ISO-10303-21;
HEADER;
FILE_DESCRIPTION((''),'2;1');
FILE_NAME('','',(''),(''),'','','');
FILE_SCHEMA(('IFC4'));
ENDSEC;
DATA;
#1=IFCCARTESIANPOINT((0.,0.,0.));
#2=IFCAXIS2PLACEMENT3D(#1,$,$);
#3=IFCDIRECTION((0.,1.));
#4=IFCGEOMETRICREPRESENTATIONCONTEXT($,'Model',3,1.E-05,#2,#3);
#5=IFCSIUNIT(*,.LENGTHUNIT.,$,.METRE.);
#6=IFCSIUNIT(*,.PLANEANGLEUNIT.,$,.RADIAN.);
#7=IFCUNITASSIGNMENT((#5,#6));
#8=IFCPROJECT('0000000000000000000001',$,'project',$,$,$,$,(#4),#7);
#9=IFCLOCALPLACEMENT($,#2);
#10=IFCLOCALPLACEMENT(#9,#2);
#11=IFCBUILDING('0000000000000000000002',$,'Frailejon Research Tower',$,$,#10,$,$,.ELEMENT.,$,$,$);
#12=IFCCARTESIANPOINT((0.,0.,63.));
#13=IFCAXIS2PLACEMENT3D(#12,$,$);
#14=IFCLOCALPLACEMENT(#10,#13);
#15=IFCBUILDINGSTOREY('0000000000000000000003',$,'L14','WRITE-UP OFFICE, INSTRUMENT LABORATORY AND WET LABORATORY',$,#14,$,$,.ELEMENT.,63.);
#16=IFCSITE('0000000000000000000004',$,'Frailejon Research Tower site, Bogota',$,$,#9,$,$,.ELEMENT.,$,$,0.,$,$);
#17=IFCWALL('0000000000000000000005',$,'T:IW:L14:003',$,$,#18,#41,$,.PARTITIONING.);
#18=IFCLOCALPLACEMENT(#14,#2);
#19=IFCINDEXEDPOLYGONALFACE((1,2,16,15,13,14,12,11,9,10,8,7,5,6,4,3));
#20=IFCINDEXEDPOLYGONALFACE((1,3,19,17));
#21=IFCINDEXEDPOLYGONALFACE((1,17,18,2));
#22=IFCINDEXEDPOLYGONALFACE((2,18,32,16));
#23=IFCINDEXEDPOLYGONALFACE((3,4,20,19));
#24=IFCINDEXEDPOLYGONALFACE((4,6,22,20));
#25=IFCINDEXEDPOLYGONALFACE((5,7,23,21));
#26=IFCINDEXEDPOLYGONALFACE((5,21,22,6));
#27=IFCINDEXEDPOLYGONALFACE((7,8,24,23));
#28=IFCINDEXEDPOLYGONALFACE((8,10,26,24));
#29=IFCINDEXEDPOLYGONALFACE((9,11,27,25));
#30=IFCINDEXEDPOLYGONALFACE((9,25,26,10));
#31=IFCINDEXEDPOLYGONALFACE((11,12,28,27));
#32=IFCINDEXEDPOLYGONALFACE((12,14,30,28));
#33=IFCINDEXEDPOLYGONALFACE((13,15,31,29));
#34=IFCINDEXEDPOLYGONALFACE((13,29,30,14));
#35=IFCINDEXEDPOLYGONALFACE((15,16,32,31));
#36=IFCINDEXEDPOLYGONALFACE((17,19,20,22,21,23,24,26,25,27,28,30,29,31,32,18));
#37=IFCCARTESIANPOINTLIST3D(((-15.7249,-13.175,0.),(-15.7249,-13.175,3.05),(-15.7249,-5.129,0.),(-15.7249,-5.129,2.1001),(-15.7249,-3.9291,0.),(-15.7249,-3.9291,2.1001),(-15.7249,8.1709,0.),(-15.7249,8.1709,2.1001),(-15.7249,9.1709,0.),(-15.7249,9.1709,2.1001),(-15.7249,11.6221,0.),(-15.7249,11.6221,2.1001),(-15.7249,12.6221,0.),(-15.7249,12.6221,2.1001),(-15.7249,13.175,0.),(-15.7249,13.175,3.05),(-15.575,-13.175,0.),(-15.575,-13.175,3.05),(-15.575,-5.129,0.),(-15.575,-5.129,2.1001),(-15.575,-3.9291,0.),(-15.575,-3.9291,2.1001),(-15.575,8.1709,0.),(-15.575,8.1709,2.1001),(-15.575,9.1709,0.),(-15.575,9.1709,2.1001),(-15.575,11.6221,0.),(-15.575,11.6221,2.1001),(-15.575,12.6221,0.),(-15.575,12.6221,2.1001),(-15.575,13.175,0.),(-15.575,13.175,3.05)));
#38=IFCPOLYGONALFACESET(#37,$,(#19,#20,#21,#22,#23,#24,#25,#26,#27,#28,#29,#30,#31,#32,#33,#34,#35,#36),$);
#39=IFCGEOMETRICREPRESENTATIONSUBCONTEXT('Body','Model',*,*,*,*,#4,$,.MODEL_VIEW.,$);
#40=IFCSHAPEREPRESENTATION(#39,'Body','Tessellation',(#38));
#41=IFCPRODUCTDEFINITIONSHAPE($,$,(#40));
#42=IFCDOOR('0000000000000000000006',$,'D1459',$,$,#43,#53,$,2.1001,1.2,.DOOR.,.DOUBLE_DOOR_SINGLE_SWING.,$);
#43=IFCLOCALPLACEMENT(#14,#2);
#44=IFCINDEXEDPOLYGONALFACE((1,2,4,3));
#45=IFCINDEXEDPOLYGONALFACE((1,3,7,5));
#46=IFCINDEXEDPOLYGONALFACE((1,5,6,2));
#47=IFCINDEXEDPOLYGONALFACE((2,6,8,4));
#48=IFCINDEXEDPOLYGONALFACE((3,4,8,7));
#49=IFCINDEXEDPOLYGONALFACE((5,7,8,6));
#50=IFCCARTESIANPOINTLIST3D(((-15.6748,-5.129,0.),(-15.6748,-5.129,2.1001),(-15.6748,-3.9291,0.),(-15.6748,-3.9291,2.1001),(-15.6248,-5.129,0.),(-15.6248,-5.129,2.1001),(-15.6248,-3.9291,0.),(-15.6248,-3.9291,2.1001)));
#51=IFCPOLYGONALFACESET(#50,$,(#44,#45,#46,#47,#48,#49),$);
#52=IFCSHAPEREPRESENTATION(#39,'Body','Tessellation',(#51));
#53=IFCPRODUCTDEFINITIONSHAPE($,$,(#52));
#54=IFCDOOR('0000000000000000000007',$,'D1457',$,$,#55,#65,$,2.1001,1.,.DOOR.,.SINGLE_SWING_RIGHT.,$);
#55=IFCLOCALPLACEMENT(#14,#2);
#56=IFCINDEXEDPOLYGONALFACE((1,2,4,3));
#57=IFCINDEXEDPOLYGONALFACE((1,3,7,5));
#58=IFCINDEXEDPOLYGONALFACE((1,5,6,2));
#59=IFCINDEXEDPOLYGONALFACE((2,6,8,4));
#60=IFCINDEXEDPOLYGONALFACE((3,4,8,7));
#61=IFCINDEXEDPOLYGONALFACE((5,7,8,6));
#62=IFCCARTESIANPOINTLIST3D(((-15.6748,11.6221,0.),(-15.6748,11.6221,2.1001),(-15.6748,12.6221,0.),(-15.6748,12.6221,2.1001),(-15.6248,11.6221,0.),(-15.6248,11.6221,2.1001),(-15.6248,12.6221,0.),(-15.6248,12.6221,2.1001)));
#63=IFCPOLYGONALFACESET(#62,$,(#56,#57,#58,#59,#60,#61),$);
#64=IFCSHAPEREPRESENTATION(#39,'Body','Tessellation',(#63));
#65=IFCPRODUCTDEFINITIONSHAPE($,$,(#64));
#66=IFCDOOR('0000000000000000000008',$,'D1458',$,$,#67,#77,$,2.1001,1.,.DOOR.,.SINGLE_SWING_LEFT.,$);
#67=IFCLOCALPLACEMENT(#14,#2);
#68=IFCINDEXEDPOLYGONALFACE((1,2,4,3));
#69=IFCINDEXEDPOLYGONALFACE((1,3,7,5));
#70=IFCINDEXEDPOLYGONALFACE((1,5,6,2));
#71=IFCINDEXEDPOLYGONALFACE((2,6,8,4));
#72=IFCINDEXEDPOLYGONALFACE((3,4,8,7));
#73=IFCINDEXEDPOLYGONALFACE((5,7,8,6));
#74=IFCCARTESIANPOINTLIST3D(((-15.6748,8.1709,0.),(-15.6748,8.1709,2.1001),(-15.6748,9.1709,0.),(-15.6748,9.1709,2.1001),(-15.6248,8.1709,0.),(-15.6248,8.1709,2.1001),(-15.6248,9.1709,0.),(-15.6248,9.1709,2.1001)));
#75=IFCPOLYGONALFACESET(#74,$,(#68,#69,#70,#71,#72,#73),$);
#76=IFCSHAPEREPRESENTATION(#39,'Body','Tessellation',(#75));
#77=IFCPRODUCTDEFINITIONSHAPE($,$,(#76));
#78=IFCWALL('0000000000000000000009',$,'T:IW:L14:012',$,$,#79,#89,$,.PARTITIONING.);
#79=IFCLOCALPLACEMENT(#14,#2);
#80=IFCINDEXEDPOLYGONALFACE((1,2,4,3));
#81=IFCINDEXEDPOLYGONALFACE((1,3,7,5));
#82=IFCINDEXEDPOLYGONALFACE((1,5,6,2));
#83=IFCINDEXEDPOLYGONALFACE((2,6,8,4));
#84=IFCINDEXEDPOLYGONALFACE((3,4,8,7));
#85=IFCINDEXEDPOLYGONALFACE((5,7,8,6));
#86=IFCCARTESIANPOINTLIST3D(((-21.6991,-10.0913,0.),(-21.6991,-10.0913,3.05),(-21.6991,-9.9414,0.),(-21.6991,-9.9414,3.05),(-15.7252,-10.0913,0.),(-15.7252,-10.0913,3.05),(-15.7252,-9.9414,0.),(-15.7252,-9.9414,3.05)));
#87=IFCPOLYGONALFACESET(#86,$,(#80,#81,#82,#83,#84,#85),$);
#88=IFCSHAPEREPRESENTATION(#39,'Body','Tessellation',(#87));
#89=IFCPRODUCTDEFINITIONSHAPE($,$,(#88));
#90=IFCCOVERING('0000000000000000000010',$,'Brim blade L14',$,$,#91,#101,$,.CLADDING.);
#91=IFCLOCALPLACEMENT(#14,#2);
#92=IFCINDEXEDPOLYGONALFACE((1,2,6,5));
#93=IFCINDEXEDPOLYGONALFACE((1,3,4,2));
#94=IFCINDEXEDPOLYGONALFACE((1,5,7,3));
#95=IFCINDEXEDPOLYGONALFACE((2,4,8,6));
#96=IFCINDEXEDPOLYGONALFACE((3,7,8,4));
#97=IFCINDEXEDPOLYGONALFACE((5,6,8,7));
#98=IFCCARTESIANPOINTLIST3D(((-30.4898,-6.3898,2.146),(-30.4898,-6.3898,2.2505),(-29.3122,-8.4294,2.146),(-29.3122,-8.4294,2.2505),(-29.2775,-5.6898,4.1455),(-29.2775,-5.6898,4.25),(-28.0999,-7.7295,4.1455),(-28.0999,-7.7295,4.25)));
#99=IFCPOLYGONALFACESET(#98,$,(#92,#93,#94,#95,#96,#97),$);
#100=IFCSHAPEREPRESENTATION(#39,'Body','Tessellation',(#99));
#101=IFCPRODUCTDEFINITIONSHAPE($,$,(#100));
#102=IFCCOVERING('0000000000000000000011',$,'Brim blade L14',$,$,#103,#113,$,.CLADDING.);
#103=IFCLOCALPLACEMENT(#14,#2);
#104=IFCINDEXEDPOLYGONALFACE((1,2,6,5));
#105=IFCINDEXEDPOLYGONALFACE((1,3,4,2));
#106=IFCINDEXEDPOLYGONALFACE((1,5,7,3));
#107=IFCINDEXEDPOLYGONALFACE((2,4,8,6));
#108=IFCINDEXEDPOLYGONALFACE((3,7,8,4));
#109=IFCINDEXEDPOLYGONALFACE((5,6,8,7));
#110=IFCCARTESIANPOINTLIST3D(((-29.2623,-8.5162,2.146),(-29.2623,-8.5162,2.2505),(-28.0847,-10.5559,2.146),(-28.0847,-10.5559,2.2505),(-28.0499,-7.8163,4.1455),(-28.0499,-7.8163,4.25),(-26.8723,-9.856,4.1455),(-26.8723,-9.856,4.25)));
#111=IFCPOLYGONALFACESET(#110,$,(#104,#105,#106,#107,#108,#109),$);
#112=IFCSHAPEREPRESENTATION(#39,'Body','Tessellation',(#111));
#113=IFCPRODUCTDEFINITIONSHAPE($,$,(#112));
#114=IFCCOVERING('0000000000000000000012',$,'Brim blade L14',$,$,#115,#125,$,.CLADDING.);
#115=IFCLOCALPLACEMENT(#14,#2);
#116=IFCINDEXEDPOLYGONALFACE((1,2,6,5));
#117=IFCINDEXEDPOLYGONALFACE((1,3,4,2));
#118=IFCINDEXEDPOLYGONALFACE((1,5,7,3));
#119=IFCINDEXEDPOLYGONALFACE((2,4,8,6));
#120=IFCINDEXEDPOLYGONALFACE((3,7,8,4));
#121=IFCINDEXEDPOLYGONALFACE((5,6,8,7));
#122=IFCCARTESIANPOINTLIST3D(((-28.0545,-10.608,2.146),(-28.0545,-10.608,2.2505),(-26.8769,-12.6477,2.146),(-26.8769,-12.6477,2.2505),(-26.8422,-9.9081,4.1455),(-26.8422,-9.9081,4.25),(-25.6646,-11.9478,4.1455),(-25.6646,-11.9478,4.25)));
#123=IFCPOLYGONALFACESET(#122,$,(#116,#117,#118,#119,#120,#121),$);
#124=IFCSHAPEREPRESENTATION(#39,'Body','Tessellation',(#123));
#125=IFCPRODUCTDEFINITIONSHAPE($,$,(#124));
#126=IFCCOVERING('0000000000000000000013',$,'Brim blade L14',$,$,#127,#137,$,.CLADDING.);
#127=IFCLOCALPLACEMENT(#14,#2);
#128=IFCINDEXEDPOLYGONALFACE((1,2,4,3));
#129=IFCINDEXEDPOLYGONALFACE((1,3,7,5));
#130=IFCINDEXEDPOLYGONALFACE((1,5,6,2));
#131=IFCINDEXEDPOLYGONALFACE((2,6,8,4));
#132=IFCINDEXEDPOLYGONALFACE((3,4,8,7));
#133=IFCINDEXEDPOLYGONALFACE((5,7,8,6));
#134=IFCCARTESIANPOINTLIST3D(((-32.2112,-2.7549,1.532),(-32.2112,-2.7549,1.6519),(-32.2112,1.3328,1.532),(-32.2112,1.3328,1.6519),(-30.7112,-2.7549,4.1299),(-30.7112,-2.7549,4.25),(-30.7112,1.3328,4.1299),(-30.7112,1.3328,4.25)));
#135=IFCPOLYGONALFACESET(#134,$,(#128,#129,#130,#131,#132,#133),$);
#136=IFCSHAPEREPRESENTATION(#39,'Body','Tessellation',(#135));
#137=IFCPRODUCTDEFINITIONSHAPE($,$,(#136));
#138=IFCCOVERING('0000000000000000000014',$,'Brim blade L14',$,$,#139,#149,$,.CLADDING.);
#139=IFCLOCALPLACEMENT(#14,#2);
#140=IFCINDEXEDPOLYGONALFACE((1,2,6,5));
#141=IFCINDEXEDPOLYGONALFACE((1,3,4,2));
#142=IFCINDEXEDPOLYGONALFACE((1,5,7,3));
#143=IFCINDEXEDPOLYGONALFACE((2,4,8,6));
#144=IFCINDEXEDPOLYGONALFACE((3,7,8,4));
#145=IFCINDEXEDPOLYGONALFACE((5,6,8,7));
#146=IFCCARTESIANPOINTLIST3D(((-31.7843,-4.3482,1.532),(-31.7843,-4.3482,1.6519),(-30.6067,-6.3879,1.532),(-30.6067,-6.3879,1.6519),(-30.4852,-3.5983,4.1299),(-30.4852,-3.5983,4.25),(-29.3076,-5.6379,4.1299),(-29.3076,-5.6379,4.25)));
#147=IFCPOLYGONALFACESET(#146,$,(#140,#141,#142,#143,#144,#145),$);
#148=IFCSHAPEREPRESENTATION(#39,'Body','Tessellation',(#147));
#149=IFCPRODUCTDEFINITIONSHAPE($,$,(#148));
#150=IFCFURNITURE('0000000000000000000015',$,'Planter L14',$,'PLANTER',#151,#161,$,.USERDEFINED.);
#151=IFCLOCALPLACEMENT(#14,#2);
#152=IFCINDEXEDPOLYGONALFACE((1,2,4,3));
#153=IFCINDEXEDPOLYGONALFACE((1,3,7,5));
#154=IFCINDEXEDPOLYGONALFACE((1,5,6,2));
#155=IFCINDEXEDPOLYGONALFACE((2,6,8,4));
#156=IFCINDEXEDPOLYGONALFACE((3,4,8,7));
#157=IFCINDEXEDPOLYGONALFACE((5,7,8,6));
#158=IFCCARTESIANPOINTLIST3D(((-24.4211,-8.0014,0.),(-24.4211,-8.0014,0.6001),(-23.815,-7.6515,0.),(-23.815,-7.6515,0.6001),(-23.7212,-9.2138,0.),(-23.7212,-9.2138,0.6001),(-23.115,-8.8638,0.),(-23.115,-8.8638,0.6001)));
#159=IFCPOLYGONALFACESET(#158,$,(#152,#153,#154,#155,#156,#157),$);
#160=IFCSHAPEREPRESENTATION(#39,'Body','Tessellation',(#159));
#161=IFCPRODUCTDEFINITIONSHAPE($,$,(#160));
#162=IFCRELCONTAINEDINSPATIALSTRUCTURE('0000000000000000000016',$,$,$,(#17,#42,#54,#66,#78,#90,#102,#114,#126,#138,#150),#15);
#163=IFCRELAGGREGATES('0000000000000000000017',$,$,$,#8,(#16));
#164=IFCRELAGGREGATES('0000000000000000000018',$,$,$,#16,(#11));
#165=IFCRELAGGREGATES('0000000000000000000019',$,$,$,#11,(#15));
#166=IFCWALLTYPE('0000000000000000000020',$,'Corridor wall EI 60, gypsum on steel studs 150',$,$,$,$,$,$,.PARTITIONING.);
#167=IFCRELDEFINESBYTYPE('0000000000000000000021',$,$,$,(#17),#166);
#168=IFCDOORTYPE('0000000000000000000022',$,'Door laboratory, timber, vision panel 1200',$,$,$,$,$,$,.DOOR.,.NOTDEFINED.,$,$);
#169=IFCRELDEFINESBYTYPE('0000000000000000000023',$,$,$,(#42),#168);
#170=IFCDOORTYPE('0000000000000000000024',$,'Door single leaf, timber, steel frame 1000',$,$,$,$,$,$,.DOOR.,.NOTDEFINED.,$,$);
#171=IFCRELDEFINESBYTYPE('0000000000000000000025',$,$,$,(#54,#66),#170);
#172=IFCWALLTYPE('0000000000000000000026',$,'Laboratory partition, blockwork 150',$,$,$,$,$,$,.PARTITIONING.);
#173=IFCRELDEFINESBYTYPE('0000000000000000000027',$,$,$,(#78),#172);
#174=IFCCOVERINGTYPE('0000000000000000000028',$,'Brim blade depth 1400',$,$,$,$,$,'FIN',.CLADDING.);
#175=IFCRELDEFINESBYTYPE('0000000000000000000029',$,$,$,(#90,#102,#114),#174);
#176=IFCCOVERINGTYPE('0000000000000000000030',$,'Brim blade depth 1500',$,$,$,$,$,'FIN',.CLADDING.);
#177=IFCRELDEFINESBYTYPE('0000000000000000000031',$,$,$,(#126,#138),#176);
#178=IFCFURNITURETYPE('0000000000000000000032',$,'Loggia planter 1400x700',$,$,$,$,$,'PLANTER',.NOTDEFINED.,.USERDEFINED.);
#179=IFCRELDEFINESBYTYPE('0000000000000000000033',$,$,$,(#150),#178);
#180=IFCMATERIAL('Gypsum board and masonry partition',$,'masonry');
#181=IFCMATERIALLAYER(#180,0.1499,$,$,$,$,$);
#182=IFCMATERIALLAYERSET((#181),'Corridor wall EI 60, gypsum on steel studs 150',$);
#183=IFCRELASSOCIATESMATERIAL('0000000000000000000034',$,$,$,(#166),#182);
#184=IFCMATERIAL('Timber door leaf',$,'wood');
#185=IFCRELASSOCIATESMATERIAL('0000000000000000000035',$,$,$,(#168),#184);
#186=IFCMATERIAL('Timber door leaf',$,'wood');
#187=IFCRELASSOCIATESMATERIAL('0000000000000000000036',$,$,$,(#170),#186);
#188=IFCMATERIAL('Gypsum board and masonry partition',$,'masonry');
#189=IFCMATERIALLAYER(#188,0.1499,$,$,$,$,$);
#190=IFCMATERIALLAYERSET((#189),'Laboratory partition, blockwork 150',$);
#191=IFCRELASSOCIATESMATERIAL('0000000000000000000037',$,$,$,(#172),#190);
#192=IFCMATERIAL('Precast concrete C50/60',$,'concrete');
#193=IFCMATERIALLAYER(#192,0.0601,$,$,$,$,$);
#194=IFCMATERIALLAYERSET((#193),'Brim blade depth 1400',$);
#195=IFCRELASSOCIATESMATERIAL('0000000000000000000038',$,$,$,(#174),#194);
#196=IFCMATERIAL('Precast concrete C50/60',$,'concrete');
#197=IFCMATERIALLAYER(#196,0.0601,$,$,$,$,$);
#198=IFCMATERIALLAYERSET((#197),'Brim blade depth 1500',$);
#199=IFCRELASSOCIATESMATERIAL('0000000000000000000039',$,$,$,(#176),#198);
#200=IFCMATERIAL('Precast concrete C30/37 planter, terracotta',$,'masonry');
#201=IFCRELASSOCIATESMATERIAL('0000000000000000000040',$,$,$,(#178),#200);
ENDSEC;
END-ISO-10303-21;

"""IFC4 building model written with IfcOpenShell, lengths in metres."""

from ifc_helpers import new_model, si_unit, direction, frame, frame_2d, origin, origin_2d, place, context, subcontext, project, spatial, polyline, rectangle, outline, extrude, material, layer, layer_set, type_object, element, fill, save


model = new_model("IFC4")

# Units and contexts
model_context = context("Model", 3, precision=1e-05, world=origin(), true_north=direction((0.0, 1.0)))
body_context = subcontext(model_context, "Body", "Model", "MODEL_VIEW")
ifc_project = project(units=[si_unit("LENGTHUNIT", "METRE"), si_unit("PLANEANGLEUNIT", "RADIAN")], contexts=[model_context])

# Site, building, storey
site_placement = place(None, origin())
site = spatial("IfcSite", under=ifc_project, at=site_placement, Name="Frailejon Research Tower site, Bogota", CompositionType="ELEMENT", RefElevation=0.0)
building_placement = place(site_placement, origin())
building = spatial("IfcBuilding", under=site, at=building_placement, Name="Frailejon Research Tower", CompositionType="ELEMENT")
storey_placement = place(building_placement, frame((0.0, 0.0, 63.0)))
storey = spatial("IfcBuildingStorey", under=building, at=storey_placement, Name="L14", Description="WRITE-UP OFFICE, INSTRUMENT LABORATORY AND WET LABORATORY", CompositionType="ELEMENT", Elevation=63.0)

# Wall, openings, doors
ifc_material_1 = material(Name="Gypsum board and masonry partition", Category="masonry")
ifc_layer_1 = layer(ifc_material_1, 0.1499)
ifc_layer_set_1 = layer_set([ifc_layer_1], Name="Corridor wall EI 60, gypsum on steel studs 150")
wall_type_1 = type_object("IfcWallType", Name="Corridor wall EI 60, gypsum on steel studs 150", PredefinedType="PARTITIONING", material=ifc_layer_set_1)
wall_1_placement = place(storey_placement, frame((-15.6499, -13.175, 0.0), z_axis=(0.0, 0.0, 1.0), x_axis=(0.0, 1.0, 0.0)))
wall_1 = element("IfcWall", 1, at=wall_1_placement, inside=storey, type_object=wall_type_1, Name="T:IW:L14:003", PredefinedType="PARTITIONING", context=body_context, shape_type="SweptSolid", body=[
    extrude(rectangle(XDim=26.3501, YDim=0.1499, at=frame_2d((13.175, 0.0))), origin(), (0.0, 0.0, 1.0), 3.05),
])
opening_1_placement = place(wall_1_placement, frame((24.7971, 0.0, 0.0)))
opening_1 = element("IfcOpeningElement", 2, at=opening_1_placement, cuts=wall_1, PredefinedType="OPENING", context=body_context, shape_type="SweptSolid", body=[
    extrude(rectangle(XDim=1.0, YDim=2.1001, at=frame_2d((0.5, 1.05))), frame((0.0, 0.085, 0.0), z_axis=(0.0, -1.0, 0.0), x_axis=(1.0, 0.0, 0.0)), (0.0, 0.0, 1.0), 0.1699),
])
opening_2_placement = place(wall_1_placement, frame((21.3459, 0.0, 0.0)))
opening_2 = element("IfcOpeningElement", 3, at=opening_2_placement, cuts=wall_1, PredefinedType="OPENING", context=body_context, shape_type="SweptSolid", body=[
    extrude(rectangle(XDim=1.0, YDim=2.1001, at=frame_2d((0.5, 1.05))), frame((0.0, 0.085, 0.0), z_axis=(0.0, -1.0, 0.0), x_axis=(1.0, 0.0, 0.0)), (0.0, 0.0, 1.0), 0.1699),
])
opening_3_placement = place(wall_1_placement, frame((8.0459, 0.0, 0.0)))
opening_3 = element("IfcOpeningElement", 4, at=opening_3_placement, cuts=wall_1, PredefinedType="OPENING", context=body_context, shape_type="SweptSolid", body=[
    extrude(rectangle(XDim=1.2, YDim=2.1001, at=frame_2d((0.6001, 1.05))), frame((0.0, 0.085, 0.0), z_axis=(0.0, -1.0, 0.0), x_axis=(1.0, 0.0, 0.0)), (0.0, 0.0, 1.0), 0.1699),
])
ifc_material_2 = material(Name="Timber door leaf", Category="wood")
door_type_1 = type_object("IfcDoorType", Name="Door laboratory, timber, vision panel 1200", OperationType="NOTDEFINED", PredefinedType="DOOR", material=ifc_material_2)
door_1_placement = place(opening_3_placement, origin())
door_1 = element("IfcDoor", 5, at=door_1_placement, inside=storey, type_object=door_type_1, Name="D1459", OperationType="DOUBLE_DOOR_SINGLE_SWING", OverallHeight=2.1001, OverallWidth=1.2, PredefinedType="DOOR", context=body_context, shape_type="SweptSolid", body=[
    extrude(rectangle(XDim=1.2, YDim=2.1001, at=frame_2d((0.6001, 1.05))), frame((0.0, 0.0249, 0.0), z_axis=(0.0, -1.0, 0.0), x_axis=(1.0, 0.0, 0.0)), (0.0, 0.0, 1.0), 0.05),
])
fill(opening_3, door_1)
ifc_material_3 = material(Name="Timber door leaf", Category="wood")
door_type_2 = type_object("IfcDoorType", Name="Door single leaf, timber, steel frame 1000", OperationType="NOTDEFINED", PredefinedType="DOOR", material=ifc_material_3)
door_2_placement = place(opening_1_placement, origin())
door_2 = element("IfcDoor", 6, at=door_2_placement, inside=storey, type_object=door_type_2, Name="D1457", OperationType="SINGLE_SWING_RIGHT", OverallHeight=2.1001, OverallWidth=1.0, PredefinedType="DOOR", context=body_context, shape_type="SweptSolid", body=[
    extrude(rectangle(XDim=1.0, YDim=2.1001, at=frame_2d((0.5, 1.05))), frame((0.0, 0.0249, 0.0), z_axis=(0.0, -1.0, 0.0), x_axis=(1.0, 0.0, 0.0)), (0.0, 0.0, 1.0), 0.05),
])
fill(opening_1, door_2)
door_3_placement = place(opening_2_placement, origin())
door_3 = element("IfcDoor", 7, at=door_3_placement, inside=storey, type_object=door_type_2, Name="D1458", OperationType="SINGLE_SWING_LEFT", OverallHeight=2.1001, OverallWidth=1.0, PredefinedType="DOOR", context=body_context, shape_type="SweptSolid", body=[
    extrude(rectangle(XDim=1.0, YDim=2.1001, at=frame_2d((0.5, 1.05))), frame((0.0, 0.0249, 0.0), z_axis=(0.0, -1.0, 0.0), x_axis=(1.0, 0.0, 0.0)), (0.0, 0.0, 1.0), 0.05),
])
fill(opening_2, door_3)

# Wall
ifc_material_4 = material(Name="Gypsum board and masonry partition", Category="masonry")
ifc_layer_2 = layer(ifc_material_4, 0.1499)
ifc_layer_set_2 = layer_set([ifc_layer_2], Name="Laboratory partition, blockwork 150")
wall_type_2 = type_object("IfcWallType", Name="Laboratory partition, blockwork 150", PredefinedType="PARTITIONING", material=ifc_layer_set_2)
wall_2_placement = place(storey_placement, frame((-21.699, -10.0164, 0.0), z_axis=(0.0, 0.0, 1.0), x_axis=(1.0, 0.0, 0.0)))
element("IfcWall", 8, at=wall_2_placement, inside=storey, type_object=wall_type_2, Name="T:IW:L14:012", PredefinedType="PARTITIONING", context=body_context, shape_type="SweptSolid", body=[
    extrude(rectangle(XDim=5.9739, YDim=0.1499, at=frame_2d((2.9868, 0.0))), origin(), (0.0, 0.0, 1.0), 3.05),
])

# Coverings
ifc_material_5 = material(Name="Precast concrete C50/60", Category="concrete")
ifc_layer_3 = layer(ifc_material_5, 0.0601)
ifc_layer_set_3 = layer_set([ifc_layer_3], Name="Brim blade depth 1400")
covering_type_1 = type_object("IfcCoveringType", Name="Brim blade depth 1400", ElementType="FIN", PredefinedType="CLADDING", material=ifc_layer_set_3)
for number, where, z_axis, x_axis, name in (
    (9, (-28.0999, -7.7295, 4.25), (-0.499997, 0.866027, 0.0), (-0.866027, -0.499997, 0.0), "Brim blade L14"),
    (10, (-26.8723, -9.856, 4.25), (-0.499997, 0.866027, 0.0), (-0.866027, -0.499997, 0.0), "Brim blade L14"),
    (11, (-25.6646, -11.9478, 4.25), (-0.499997, 0.866027, 0.0), (-0.866027, -0.499997, 0.0), "Brim blade L14"),
):
    element("IfcCovering", number, at=place(storey_placement, frame(where, z_axis=z_axis, x_axis=x_axis)), inside=storey, type_object=covering_type_1, Name=name, PredefinedType="CLADDING", context=body_context, shape_type="SweptSolid", body=[
        extrude(outline(polyline([(0.0, -0.1045), (1.3999, -2.104), (1.3999, -1.9995), (0.0, 0.0), (0.0, -0.1045)])), origin(), (0.0, 0.0, 1.0), 2.3552),
    ])
ifc_material_6 = material(Name="Precast concrete C50/60", Category="concrete")
ifc_layer_4 = layer(ifc_material_6, 0.0601)
ifc_layer_set_4 = layer_set([ifc_layer_4], Name="Brim blade depth 1500")
covering_type_2 = type_object("IfcCoveringType", Name="Brim blade depth 1500", ElementType="FIN", PredefinedType="CLADDING", material=ifc_layer_set_4)
covering_1_placement = place(storey_placement, frame((-30.7112, -2.7549, 4.25), z_axis=(0.0, 1.0, 0.0), x_axis=(-1.0, 0.0, 0.0)))
element("IfcCovering", 12, at=covering_1_placement, inside=storey, type_object=covering_type_2, Name="Brim blade L14", PredefinedType="CLADDING", context=body_context, shape_type="SweptSolid", body=[
    extrude(outline(polyline([(0.0, -0.1201), (1.5, -2.718), (1.5, -2.5981), (0.0, 0.0), (0.0, -0.1201)])), origin(), (0.0, 0.0, 1.0), 4.0876),
])
covering_2_placement = place(storey_placement, frame((-29.3076, -5.6379, 4.25), z_axis=(-0.499997, 0.866027, 0.0), x_axis=(-0.866027, -0.499997, 0.0)))
element("IfcCovering", 13, at=covering_2_placement, inside=storey, type_object=covering_type_2, Name="Brim blade L14", PredefinedType="CLADDING", context=body_context, shape_type="SweptSolid", body=[
    extrude(outline(polyline([(0.0, -0.1201), (1.5, -2.718), (1.5, -2.5981), (0.0, 0.0), (0.0, -0.1201)])), origin(), (0.0, 0.0, 1.0), 2.3552),
])

# Furniture
ifc_material_7 = material(Name="Precast concrete C30/37 planter, terracotta", Category="masonry")
furniture_type = type_object("IfcFurnitureType", Name="Loggia planter 1400x700", ElementType="PLANTER", AssemblyPlace="NOTDEFINED", PredefinedType="USERDEFINED", material=ifc_material_7)
furniture_placement = place(storey_placement, frame((-23.7681, -8.4326, 0.0), z_axis=(0.0, 0.0, 1.0), x_axis=(0.5, -0.866025, 0.0)))
element("IfcFurniture", 14, at=furniture_placement, inside=storey, type_object=furniture_type, Name="Planter L14", ObjectType="PLANTER", PredefinedType="USERDEFINED", context=body_context, shape_type="SweptSolid", body=[
    extrude(rectangle(XDim=1.3999, YDim=0.7, at=origin_2d()), origin(), (0.0, 0.0, 1.0), 0.6001),
])

save(model, "model.ifc")
